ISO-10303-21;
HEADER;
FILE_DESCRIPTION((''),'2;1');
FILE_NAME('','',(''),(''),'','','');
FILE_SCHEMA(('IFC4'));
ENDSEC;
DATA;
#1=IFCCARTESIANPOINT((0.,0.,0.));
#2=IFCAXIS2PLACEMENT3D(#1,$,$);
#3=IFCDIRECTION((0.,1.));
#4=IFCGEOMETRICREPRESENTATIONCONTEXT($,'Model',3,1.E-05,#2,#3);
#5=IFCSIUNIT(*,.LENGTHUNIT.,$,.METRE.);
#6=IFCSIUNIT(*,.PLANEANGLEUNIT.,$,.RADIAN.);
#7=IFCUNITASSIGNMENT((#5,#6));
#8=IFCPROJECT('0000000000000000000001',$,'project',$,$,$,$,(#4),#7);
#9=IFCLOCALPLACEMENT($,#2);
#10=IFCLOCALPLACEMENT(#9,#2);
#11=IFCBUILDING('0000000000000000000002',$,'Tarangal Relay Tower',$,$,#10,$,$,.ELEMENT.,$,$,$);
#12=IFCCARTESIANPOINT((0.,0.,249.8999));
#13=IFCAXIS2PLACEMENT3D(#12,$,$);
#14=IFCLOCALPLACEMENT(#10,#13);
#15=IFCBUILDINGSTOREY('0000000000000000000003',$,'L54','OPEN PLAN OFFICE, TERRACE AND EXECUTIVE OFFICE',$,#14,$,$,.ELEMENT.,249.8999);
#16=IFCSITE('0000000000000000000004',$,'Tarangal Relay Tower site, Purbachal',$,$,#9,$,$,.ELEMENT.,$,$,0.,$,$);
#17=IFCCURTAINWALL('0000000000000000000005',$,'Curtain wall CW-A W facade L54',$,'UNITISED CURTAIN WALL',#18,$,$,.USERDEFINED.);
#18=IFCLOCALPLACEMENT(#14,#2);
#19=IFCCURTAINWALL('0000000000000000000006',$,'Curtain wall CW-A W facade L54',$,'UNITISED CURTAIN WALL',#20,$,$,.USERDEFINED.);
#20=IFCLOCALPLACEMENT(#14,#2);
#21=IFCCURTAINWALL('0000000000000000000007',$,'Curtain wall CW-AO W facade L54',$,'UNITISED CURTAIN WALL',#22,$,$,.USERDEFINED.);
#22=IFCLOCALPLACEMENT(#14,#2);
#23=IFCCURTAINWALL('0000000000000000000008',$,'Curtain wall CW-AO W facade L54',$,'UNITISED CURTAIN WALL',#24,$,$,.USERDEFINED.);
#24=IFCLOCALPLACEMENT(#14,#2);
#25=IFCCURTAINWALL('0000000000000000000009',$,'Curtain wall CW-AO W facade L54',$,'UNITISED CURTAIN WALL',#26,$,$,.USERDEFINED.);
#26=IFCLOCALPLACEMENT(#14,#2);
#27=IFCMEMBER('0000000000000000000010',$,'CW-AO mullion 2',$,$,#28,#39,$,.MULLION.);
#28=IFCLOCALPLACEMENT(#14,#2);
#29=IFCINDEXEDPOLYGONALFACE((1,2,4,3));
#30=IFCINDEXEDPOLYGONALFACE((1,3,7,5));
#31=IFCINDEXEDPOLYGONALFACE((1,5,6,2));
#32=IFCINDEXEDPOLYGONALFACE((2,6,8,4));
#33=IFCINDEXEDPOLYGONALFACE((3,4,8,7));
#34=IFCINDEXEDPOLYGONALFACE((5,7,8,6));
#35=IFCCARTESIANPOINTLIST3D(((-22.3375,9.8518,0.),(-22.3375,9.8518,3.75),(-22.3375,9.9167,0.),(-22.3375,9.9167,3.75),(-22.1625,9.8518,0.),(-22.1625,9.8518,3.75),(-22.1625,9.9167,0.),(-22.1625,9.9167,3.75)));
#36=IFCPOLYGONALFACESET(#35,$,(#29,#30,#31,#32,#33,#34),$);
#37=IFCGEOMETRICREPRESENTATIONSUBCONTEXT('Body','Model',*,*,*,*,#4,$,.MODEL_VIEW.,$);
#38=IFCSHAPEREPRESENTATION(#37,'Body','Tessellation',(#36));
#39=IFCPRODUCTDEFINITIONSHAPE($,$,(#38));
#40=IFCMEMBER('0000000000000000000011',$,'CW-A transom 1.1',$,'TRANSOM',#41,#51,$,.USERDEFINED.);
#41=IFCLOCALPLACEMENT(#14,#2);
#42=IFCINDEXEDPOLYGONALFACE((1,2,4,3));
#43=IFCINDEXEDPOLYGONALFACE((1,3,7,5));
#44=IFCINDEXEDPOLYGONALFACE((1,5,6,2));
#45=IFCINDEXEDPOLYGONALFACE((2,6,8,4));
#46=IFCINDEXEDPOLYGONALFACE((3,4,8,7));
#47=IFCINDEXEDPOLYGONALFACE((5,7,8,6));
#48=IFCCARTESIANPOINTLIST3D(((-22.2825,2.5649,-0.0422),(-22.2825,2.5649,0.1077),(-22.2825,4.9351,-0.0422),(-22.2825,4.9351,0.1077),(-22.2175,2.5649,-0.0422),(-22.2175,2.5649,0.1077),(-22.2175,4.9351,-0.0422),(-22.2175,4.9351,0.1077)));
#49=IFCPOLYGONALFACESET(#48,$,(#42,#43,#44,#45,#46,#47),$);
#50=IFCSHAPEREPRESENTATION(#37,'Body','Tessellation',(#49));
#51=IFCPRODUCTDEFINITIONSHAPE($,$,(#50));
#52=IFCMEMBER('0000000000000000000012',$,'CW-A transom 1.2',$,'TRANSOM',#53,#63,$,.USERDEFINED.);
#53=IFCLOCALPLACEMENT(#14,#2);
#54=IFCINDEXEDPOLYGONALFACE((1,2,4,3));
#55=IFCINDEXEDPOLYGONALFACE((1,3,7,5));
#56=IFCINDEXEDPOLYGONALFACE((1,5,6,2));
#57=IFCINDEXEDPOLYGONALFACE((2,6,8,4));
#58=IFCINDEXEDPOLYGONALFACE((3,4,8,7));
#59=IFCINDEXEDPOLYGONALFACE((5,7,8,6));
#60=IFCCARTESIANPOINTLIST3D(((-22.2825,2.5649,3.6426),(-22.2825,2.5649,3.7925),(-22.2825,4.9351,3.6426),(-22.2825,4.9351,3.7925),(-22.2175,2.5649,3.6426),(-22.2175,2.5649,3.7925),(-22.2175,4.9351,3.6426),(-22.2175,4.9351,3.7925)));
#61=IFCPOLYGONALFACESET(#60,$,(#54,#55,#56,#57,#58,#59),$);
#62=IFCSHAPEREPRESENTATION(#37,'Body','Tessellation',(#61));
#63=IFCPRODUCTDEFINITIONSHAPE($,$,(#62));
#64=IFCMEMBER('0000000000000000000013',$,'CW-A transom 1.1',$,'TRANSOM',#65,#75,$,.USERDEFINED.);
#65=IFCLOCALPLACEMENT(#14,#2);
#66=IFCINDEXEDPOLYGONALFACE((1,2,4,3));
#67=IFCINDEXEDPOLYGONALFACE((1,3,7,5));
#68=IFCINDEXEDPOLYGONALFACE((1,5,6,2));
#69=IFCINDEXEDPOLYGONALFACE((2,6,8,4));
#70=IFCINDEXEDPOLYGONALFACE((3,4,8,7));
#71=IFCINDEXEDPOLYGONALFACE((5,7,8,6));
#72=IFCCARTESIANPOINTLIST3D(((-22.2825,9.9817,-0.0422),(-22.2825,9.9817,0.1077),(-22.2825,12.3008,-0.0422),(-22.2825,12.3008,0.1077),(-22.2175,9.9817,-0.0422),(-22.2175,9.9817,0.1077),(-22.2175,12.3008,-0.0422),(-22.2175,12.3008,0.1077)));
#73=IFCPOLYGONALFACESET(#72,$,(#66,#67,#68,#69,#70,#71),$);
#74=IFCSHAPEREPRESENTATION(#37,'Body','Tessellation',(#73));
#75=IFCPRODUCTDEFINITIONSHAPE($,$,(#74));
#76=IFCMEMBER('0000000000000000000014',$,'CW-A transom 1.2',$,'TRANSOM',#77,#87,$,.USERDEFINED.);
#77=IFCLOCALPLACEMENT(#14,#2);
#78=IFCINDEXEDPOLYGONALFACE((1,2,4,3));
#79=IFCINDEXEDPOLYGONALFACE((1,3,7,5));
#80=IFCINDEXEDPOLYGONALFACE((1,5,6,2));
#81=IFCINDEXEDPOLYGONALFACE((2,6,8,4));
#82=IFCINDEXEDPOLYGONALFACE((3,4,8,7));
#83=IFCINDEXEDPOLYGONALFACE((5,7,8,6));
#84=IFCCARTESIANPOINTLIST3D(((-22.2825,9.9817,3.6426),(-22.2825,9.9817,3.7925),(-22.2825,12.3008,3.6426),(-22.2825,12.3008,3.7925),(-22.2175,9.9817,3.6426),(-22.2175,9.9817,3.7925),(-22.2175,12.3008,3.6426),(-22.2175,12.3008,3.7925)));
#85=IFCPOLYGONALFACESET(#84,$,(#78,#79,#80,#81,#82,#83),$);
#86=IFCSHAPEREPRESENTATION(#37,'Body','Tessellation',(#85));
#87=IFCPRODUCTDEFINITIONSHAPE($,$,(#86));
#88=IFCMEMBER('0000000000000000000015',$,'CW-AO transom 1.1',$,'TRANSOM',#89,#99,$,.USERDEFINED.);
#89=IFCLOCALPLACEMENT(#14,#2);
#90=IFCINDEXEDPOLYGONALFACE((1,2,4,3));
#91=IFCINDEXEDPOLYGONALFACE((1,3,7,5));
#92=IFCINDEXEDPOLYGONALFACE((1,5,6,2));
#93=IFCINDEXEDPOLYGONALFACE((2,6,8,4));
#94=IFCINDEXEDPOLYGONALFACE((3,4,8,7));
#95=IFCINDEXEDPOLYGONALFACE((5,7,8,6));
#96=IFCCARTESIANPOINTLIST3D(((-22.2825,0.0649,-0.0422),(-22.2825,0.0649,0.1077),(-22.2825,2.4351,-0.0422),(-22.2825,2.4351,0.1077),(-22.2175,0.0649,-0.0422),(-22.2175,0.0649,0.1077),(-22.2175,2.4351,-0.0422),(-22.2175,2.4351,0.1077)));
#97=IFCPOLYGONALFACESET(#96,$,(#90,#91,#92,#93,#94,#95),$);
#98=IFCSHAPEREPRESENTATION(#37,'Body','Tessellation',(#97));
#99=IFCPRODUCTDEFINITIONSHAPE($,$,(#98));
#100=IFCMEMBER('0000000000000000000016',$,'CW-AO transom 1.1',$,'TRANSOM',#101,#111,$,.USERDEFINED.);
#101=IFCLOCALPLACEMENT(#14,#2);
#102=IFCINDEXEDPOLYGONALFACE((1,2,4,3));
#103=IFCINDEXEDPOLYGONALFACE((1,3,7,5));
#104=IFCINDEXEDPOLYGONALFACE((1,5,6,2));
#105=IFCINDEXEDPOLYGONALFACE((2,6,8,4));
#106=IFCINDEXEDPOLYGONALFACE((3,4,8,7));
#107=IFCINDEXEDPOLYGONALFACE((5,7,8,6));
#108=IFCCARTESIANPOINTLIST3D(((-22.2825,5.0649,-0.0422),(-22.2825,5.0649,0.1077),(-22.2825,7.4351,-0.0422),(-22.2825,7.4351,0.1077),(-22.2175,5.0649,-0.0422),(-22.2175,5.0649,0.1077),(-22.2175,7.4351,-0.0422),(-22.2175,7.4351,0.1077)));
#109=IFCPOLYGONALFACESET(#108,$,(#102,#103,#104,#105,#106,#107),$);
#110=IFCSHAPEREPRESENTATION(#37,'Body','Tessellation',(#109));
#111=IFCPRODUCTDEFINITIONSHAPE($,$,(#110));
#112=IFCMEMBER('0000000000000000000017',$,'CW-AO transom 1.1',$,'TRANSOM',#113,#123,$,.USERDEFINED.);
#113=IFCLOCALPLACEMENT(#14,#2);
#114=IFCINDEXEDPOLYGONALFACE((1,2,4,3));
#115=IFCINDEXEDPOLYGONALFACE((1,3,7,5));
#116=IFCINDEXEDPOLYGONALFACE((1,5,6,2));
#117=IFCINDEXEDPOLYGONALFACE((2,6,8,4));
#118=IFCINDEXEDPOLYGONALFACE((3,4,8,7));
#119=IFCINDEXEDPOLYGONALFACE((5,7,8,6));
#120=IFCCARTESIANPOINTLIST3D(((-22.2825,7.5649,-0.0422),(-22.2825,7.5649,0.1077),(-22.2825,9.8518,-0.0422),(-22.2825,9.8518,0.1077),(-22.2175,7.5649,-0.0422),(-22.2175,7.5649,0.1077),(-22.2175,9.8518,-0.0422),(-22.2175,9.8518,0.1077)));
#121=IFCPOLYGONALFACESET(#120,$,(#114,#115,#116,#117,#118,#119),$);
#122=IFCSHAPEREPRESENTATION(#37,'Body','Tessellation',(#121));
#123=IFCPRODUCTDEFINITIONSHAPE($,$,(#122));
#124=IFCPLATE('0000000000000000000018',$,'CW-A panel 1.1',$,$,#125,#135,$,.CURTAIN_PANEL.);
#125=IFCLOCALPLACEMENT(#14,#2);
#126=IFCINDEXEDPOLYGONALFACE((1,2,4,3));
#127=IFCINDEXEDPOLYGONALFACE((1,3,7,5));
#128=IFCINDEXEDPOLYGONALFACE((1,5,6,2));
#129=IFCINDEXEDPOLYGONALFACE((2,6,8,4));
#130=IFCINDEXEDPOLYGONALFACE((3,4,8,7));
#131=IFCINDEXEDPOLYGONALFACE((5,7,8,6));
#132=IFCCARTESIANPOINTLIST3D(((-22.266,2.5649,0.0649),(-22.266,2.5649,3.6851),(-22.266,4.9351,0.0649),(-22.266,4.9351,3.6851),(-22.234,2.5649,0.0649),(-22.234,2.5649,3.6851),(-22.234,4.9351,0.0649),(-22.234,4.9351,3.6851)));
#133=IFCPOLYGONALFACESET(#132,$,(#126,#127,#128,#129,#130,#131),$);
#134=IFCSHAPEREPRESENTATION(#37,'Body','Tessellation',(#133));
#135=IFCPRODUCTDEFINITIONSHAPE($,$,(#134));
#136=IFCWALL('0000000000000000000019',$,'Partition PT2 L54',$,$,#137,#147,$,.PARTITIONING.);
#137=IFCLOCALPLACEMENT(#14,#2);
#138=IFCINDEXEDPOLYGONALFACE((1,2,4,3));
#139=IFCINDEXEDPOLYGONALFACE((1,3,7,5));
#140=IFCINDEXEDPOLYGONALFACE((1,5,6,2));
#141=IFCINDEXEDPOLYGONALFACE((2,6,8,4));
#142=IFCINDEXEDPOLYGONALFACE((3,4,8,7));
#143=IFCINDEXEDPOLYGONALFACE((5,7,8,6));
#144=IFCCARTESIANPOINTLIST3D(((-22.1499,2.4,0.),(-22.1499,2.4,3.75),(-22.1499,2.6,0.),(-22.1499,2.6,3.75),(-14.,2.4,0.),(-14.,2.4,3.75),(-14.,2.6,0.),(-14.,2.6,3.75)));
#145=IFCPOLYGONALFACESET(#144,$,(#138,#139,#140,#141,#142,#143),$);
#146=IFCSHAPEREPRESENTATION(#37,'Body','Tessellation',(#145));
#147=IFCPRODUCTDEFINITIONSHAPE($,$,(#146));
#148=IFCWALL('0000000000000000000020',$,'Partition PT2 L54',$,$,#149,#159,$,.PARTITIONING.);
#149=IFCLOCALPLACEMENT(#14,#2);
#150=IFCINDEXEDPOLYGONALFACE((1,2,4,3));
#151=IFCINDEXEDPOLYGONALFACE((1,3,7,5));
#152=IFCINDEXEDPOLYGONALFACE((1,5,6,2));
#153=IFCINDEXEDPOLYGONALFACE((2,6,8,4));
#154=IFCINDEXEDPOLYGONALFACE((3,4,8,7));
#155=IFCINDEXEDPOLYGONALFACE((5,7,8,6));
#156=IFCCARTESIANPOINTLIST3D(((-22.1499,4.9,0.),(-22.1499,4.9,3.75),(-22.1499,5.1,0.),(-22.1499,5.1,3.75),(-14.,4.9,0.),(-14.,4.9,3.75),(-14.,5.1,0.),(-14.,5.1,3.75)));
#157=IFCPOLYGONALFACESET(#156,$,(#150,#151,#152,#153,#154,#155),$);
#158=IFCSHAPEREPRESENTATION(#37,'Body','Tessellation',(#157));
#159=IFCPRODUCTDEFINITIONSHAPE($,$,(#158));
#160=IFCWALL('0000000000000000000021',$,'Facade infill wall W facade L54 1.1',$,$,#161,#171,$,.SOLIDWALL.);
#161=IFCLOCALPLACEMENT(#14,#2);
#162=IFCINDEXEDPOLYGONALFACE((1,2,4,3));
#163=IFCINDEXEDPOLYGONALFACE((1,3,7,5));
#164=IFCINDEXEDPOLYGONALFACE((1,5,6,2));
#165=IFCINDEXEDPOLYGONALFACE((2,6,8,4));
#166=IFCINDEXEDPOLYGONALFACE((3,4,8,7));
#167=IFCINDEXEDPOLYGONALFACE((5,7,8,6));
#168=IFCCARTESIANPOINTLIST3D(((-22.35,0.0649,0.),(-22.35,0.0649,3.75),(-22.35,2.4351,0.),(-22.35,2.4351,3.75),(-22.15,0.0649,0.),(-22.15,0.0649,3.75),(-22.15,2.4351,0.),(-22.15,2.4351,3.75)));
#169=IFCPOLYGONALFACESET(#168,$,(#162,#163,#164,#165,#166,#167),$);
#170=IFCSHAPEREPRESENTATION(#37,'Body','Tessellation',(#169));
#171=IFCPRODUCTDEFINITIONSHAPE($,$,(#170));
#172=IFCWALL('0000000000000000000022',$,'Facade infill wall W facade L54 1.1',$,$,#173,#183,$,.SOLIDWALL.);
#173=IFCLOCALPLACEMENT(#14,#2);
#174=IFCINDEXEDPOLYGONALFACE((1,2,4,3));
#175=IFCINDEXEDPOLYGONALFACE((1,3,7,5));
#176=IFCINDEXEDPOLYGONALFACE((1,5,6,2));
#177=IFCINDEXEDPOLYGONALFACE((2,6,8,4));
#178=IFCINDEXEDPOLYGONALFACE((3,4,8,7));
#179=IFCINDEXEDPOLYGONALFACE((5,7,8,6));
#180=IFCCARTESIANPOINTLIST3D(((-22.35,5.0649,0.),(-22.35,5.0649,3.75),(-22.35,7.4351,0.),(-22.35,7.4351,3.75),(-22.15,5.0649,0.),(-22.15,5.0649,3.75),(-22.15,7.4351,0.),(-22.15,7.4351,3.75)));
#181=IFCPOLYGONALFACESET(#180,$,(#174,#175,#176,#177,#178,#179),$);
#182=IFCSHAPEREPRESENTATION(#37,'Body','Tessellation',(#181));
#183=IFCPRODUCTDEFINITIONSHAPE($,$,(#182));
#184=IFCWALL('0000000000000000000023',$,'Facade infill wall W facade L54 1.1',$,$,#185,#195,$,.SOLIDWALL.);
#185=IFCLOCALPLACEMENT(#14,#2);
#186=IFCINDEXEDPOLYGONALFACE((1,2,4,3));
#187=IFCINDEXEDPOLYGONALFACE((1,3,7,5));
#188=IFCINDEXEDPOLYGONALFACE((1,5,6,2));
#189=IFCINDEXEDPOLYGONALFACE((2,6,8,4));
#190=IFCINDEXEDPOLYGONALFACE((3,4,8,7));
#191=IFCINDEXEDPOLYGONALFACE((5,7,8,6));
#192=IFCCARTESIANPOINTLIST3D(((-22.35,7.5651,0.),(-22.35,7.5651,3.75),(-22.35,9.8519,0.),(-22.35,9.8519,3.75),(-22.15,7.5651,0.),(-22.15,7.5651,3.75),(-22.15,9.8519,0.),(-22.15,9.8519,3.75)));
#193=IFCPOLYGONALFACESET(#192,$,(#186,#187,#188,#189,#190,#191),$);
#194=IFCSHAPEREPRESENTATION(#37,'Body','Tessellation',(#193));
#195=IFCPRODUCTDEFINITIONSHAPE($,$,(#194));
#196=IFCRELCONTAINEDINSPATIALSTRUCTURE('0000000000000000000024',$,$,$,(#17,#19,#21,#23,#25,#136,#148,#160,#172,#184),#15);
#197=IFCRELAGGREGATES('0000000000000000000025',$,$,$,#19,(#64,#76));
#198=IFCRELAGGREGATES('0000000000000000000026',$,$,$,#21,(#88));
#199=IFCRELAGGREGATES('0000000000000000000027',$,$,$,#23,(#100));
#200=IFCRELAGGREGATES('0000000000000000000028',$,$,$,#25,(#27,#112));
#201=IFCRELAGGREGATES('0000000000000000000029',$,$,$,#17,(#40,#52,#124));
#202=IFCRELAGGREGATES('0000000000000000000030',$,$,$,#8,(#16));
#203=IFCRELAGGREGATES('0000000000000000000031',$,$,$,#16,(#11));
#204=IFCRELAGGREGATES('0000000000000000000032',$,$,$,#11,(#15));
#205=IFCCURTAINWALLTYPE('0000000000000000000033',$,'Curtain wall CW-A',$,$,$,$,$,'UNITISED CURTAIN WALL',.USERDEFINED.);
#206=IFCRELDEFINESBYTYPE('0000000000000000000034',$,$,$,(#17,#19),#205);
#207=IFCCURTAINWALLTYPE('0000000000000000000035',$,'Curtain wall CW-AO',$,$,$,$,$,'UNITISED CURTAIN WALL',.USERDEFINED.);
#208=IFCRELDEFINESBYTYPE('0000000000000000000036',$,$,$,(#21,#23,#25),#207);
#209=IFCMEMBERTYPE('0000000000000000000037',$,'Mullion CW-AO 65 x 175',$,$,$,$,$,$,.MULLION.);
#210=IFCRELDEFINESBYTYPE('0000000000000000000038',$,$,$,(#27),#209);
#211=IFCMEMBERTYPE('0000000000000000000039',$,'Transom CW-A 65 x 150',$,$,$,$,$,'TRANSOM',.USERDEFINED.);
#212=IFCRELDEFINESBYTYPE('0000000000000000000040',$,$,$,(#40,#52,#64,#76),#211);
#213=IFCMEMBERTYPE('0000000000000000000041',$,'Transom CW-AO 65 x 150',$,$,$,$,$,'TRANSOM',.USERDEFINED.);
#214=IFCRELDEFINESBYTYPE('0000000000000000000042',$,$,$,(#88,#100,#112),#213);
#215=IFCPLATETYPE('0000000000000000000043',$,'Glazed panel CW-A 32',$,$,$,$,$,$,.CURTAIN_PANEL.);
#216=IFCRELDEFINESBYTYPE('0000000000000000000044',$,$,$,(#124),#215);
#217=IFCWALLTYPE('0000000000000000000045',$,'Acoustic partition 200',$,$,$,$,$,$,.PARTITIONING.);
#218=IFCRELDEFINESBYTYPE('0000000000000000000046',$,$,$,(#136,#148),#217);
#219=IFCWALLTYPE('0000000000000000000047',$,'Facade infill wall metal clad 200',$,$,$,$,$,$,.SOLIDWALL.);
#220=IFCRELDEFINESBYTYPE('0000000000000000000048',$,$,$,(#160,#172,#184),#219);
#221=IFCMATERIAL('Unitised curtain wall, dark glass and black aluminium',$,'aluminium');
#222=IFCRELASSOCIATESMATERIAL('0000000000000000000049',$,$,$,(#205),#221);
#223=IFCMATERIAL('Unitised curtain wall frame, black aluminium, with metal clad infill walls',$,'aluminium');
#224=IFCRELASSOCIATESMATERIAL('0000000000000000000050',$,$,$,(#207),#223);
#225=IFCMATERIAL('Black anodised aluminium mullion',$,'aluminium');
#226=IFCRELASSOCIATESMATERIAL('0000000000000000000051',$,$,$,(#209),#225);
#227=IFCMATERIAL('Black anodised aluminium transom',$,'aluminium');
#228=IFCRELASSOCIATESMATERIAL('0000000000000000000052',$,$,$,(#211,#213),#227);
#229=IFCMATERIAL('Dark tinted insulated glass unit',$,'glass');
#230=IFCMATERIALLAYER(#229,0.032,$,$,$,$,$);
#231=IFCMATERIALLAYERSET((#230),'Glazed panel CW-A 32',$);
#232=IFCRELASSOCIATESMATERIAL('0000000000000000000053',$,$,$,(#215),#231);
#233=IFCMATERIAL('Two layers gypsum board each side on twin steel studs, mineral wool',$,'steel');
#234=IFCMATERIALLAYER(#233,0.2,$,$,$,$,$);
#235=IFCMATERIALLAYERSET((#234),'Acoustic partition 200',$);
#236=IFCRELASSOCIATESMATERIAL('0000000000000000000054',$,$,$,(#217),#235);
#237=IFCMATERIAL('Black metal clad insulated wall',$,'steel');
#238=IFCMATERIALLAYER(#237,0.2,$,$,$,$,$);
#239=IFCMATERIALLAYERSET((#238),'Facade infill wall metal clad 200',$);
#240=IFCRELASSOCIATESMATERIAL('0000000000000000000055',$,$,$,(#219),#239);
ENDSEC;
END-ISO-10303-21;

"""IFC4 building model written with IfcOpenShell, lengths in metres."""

from ifc_helpers import new_model, si_unit, direction, frame, frame_2d, origin, origin_2d, place, context, subcontext, project, spatial, rectangle, extrude, material, layer, layer_set, material_profile, profile_set, type_object, element, aggregate, save


model = new_model("IFC4")

# Units and contexts
model_context = context("Model", 3, precision=1e-05, world=origin(), true_north=direction((0.0, 1.0)))
body_context = subcontext(model_context, "Body", "Model", "MODEL_VIEW")
ifc_project = project(units=[si_unit("LENGTHUNIT", "METRE"), si_unit("PLANEANGLEUNIT", "RADIAN")], contexts=[model_context])

# Site, building, storey
site_placement = place(None, origin())
site = spatial("IfcSite", under=ifc_project, at=site_placement, Name="Tarangal Relay Tower site, Purbachal", CompositionType="ELEMENT", RefElevation=0.0)
building_placement = place(site_placement, origin())
building = spatial("IfcBuilding", under=site, at=building_placement, Name="Tarangal Relay Tower", CompositionType="ELEMENT")
storey_placement = place(building_placement, frame((0.0, 0.0, 249.8999)))
storey = spatial("IfcBuildingStorey", under=building, at=storey_placement, Name="L54", Description="OPEN PLAN OFFICE, TERRACE AND EXECUTIVE OFFICE", CompositionType="ELEMENT", Elevation=249.8999)

# Curtain wall
ifc_material_1 = material(Name="Unitised curtain wall, dark glass and black aluminium", Category="aluminium")
curtain_wall_type_1 = type_object("IfcCurtainWallType", Name="Curtain wall CW-A", ElementType="UNITISED CURTAIN WALL", PredefinedType="USERDEFINED", material=ifc_material_1)
curtain_wall_1_placement = place(storey_placement, origin())
curtain_wall_1 = element("IfcCurtainWall", 1, at=curtain_wall_1_placement, inside=storey, type_object=curtain_wall_type_1, Name="Curtain wall CW-A W facade L54", ObjectType="UNITISED CURTAIN WALL", PredefinedType="USERDEFINED")
ifc_material_2 = material(Name="Black anodised aluminium mullion", Category="aluminium")

# Curtain wall
curtain_wall_2_placement = place(storey_placement, origin())
curtain_wall_2 = element("IfcCurtainWall", 2, at=curtain_wall_2_placement, inside=storey, type_object=curtain_wall_type_1, Name="Curtain wall CW-A W facade L54", ObjectType="UNITISED CURTAIN WALL", PredefinedType="USERDEFINED")

# Curtain walls, member
ifc_material_3 = material(Name="Unitised curtain wall frame, black aluminium, with metal clad infill walls", Category="aluminium")
curtain_wall_type_2 = type_object("IfcCurtainWallType", Name="Curtain wall CW-AO", ElementType="UNITISED CURTAIN WALL", PredefinedType="USERDEFINED", material=ifc_material_3)
curtain_wall_3_placement = place(storey_placement, origin())
curtain_wall_3 = element("IfcCurtainWall", 3, at=curtain_wall_3_placement, inside=storey, type_object=curtain_wall_type_2, Name="Curtain wall CW-AO W facade L54", ObjectType="UNITISED CURTAIN WALL", PredefinedType="USERDEFINED")
ifc_material_profile_1 = material_profile(ifc_material_2, rectangle(XDim=0.175, YDim=0.0649, at=origin_2d()), Name="CW-AOM 65X175")
ifc_profile_set_1 = profile_set([ifc_material_profile_1], Name="Black anodised aluminium mullion")
member_type_1 = type_object("IfcMemberType", Name="Mullion CW-AO 65 x 175", PredefinedType="MULLION", material=ifc_profile_set_1)
curtain_wall_4_placement = place(storey_placement, origin())
curtain_wall_4 = element("IfcCurtainWall", 4, at=curtain_wall_4_placement, inside=storey, type_object=curtain_wall_type_2, Name="Curtain wall CW-AO W facade L54", ObjectType="UNITISED CURTAIN WALL", PredefinedType="USERDEFINED")
curtain_wall_5_placement = place(storey_placement, origin())
curtain_wall_5 = element("IfcCurtainWall", 5, at=curtain_wall_5_placement, inside=storey, type_object=curtain_wall_type_2, Name="Curtain wall CW-AO W facade L54", ObjectType="UNITISED CURTAIN WALL", PredefinedType="USERDEFINED")
member_1_placement = place(storey_placement, frame((-22.25, 9.8843, 0.0), z_axis=(0.0, 0.0, 1.0), x_axis=(-1.0, 0.0, 0.0)))
member_1 = element("IfcMember", 6, at=member_1_placement, type_object=member_type_1, Name="CW-AO mullion 2", PredefinedType="MULLION", context=body_context, shape_type="SweptSolid", body=[
    extrude(rectangle(XDim=0.175, YDim=0.0649, at=origin_2d()), origin(), (0.0, 0.0, 1.0), 3.75),
])

# Members
ifc_material_4 = material(Name="Black anodised aluminium transom", Category="aluminium")
ifc_material_profile_2 = material_profile(ifc_material_4, rectangle(XDim=0.0649, YDim=0.1499, at=origin_2d()), Name="CW-AT 65X150")
ifc_profile_set_2 = profile_set([ifc_material_profile_2], Name="Black anodised aluminium transom")
member_type_2 = type_object("IfcMemberType", Name="Transom CW-A 65 x 150", ElementType="TRANSOM", PredefinedType="USERDEFINED", material=ifc_profile_set_2)
member_2_placement = place(storey_placement, frame((-22.25, 2.5649, 0.0327), z_axis=(0.0, 1.0, 0.0), x_axis=(-1.0, 0.0, 0.0)))
member_2 = element("IfcMember", 7, at=member_2_placement, type_object=member_type_2, Name="CW-A transom 1.1", ObjectType="TRANSOM", PredefinedType="USERDEFINED", context=body_context, shape_type="SweptSolid", body=[
    extrude(rectangle(XDim=0.0649, YDim=0.1499, at=origin_2d()), origin(), (0.0, 0.0, 1.0), 2.3701),
])
member_3_placement = place(storey_placement, frame((-22.25, 2.5649, 3.7175), z_axis=(0.0, 1.0, 0.0), x_axis=(-1.0, 0.0, 0.0)))
member_3 = element("IfcMember", 8, at=member_3_placement, type_object=member_type_2, Name="CW-A transom 1.2", ObjectType="TRANSOM", PredefinedType="USERDEFINED", context=body_context, shape_type="SweptSolid", body=[
    extrude(rectangle(XDim=0.0649, YDim=0.1499, at=origin_2d()), origin(), (0.0, 0.0, 1.0), 2.3701),
])
member_4_placement = place(storey_placement, frame((-22.25, 9.9817, 0.0327), z_axis=(0.0, 1.0, 0.0), x_axis=(-1.0, 0.0, 0.0)))
member_4 = element("IfcMember", 9, at=member_4_placement, type_object=member_type_2, Name="CW-A transom 1.1", ObjectType="TRANSOM", PredefinedType="USERDEFINED", context=body_context, shape_type="SweptSolid", body=[
    extrude(rectangle(XDim=0.0649, YDim=0.1499, at=origin_2d()), origin(), (0.0, 0.0, 1.0), 2.3191),
])
member_5_placement = place(storey_placement, frame((-22.25, 9.9817, 3.7175), z_axis=(0.0, 1.0, 0.0), x_axis=(-1.0, 0.0, 0.0)))
member_5 = element("IfcMember", 10, at=member_5_placement, type_object=member_type_2, Name="CW-A transom 1.2", ObjectType="TRANSOM", PredefinedType="USERDEFINED", context=body_context, shape_type="SweptSolid", body=[
    extrude(rectangle(XDim=0.0649, YDim=0.1499, at=origin_2d()), origin(), (0.0, 0.0, 1.0), 2.3191),
])
aggregate(curtain_wall_2, [member_4, member_5])
ifc_material_profile_3 = material_profile(ifc_material_4, rectangle(XDim=0.0649, YDim=0.1499, at=origin_2d()), Name="CW-AOT 65X150")
ifc_profile_set_3 = profile_set([ifc_material_profile_3], Name="Black anodised aluminium transom")
member_type_3 = type_object("IfcMemberType", Name="Transom CW-AO 65 x 150", ElementType="TRANSOM", PredefinedType="USERDEFINED", material=ifc_profile_set_3)
member_6_placement = place(storey_placement, frame((-22.25, 0.0649, 0.0327), z_axis=(0.0, 1.0, 0.0), x_axis=(-1.0, 0.0, 0.0)))
member_6 = element("IfcMember", 11, at=member_6_placement, type_object=member_type_3, Name="CW-AO transom 1.1", ObjectType="TRANSOM", PredefinedType="USERDEFINED", context=body_context, shape_type="SweptSolid", body=[
    extrude(rectangle(XDim=0.0649, YDim=0.1499, at=origin_2d()), origin(), (0.0, 0.0, 1.0), 2.3701),
])
aggregate(curtain_wall_3, [member_6])
member_7_placement = place(storey_placement, frame((-22.25, 5.0649, 0.0327), z_axis=(0.0, 1.0, 0.0), x_axis=(-1.0, 0.0, 0.0)))
member_7 = element("IfcMember", 12, at=member_7_placement, type_object=member_type_3, Name="CW-AO transom 1.1", ObjectType="TRANSOM", PredefinedType="USERDEFINED", context=body_context, shape_type="SweptSolid", body=[
    extrude(rectangle(XDim=0.0649, YDim=0.1499, at=origin_2d()), origin(), (0.0, 0.0, 1.0), 2.3701),
])
aggregate(curtain_wall_4, [member_7])
member_8_placement = place(storey_placement, frame((-22.25, 7.5649, 0.0327), z_axis=(0.0, 1.0, 0.0), x_axis=(-1.0, 0.0, 0.0)))
member_8 = element("IfcMember", 13, at=member_8_placement, type_object=member_type_3, Name="CW-AO transom 1.1", ObjectType="TRANSOM", PredefinedType="USERDEFINED", context=body_context, shape_type="SweptSolid", body=[
    extrude(rectangle(XDim=0.0649, YDim=0.1499, at=origin_2d()), origin(), (0.0, 0.0, 1.0), 2.2869),
])
aggregate(curtain_wall_5, [member_1, member_8])

# Plate
ifc_material_5 = material(Name="Dark tinted insulated glass unit", Category="glass")
ifc_layer_1 = layer(ifc_material_5, 0.032)
ifc_layer_set_1 = layer_set([ifc_layer_1], Name="Glazed panel CW-A 32")
plate_type = type_object("IfcPlateType", Name="Glazed panel CW-A 32", PredefinedType="CURTAIN_PANEL", material=ifc_layer_set_1)
plate_placement = place(storey_placement, frame((-22.25, 3.75, 0.0649), z_axis=(0.0, 0.0, 1.0), x_axis=(0.0, 1.0, 0.0)))
plate = element("IfcPlate", 14, at=plate_placement, type_object=plate_type, Name="CW-A panel 1.1", PredefinedType="CURTAIN_PANEL", context=body_context, shape_type="SweptSolid", body=[
    extrude(rectangle(XDim=2.3701, YDim=0.032, at=origin_2d()), origin(), (0.0, 0.0, 1.0), 3.6201),
])
aggregate(curtain_wall_1, [member_2, member_3, plate])

# Walls
ifc_material_6 = material(Name="Two layers gypsum board each side on twin steel studs, mineral wool", Category="steel")
ifc_layer_2 = layer(ifc_material_6, 0.2)
ifc_layer_set_2 = layer_set([ifc_layer_2], Name="Acoustic partition 200")
wall_type_1 = type_object("IfcWallType", Name="Acoustic partition 200", PredefinedType="PARTITIONING", material=ifc_layer_set_2)
for number, where, z_axis, x_axis, name in (
    (15, (-22.1499, 2.5, 0.0), (0.0, 0.0, 1.0), (1.0, 0.0, 0.0), "Partition PT2 L54"),
    (16, (-22.1499, 5.0, 0.0), (0.0, 0.0, 1.0), (1.0, 0.0, 0.0), "Partition PT2 L54"),
):
    element("IfcWall", number, at=place(storey_placement, frame(where, z_axis=z_axis, x_axis=x_axis)), inside=storey, type_object=wall_type_1, Name=name, PredefinedType="PARTITIONING", context=body_context, shape_type="SweptSolid", body=[
        extrude(rectangle(XDim=8.1499, YDim=0.2, at=frame_2d((4.075, 0.0))), origin(), (0.0, 0.0, 1.0), 3.75),
    ])
ifc_material_7 = material(Name="Black metal clad insulated wall", Category="steel")
ifc_layer_3 = layer(ifc_material_7, 0.2)
ifc_layer_set_3 = layer_set([ifc_layer_3], Name="Facade infill wall metal clad 200")
wall_type_2 = type_object("IfcWallType", Name="Facade infill wall metal clad 200", PredefinedType="SOLIDWALL", material=ifc_layer_set_3)
for number, where, z_axis, x_axis, name in (
    (17, (-22.25, 0.0649, 0.0), (0.0, 0.0, 1.0), (0.0, 1.0, 0.0), "Facade infill wall W facade L54 1.1"),
    (18, (-22.25, 5.0649, 0.0), (0.0, 0.0, 1.0), (0.0, 1.0, 0.0), "Facade infill wall W facade L54 1.1"),
):
    element("IfcWall", number, at=place(storey_placement, frame(where, z_axis=z_axis, x_axis=x_axis)), inside=storey, type_object=wall_type_2, Name=name, PredefinedType="SOLIDWALL", context=body_context, shape_type="SweptSolid", body=[
        extrude(rectangle(XDim=2.3701, YDim=0.2, at=frame_2d((1.1851, 0.0))), origin(), (0.0, 0.0, 1.0), 3.75),
    ])
wall_1_placement = place(storey_placement, frame((-22.25, 7.5649, 0.0), z_axis=(0.0, 0.0, 1.0), x_axis=(0.0, 1.0, 0.0)))
element("IfcWall", 19, at=wall_1_placement, inside=storey, type_object=wall_type_2, Name="Facade infill wall W facade L54 1.1", PredefinedType="SOLIDWALL", context=body_context, shape_type="SweptSolid", body=[
    extrude(rectangle(XDim=2.2869, YDim=0.2, at=frame_2d((1.1436, 0.0))), origin(), (0.0, 0.0, 1.0), 3.75),
])

save(model, "model.ifc")
